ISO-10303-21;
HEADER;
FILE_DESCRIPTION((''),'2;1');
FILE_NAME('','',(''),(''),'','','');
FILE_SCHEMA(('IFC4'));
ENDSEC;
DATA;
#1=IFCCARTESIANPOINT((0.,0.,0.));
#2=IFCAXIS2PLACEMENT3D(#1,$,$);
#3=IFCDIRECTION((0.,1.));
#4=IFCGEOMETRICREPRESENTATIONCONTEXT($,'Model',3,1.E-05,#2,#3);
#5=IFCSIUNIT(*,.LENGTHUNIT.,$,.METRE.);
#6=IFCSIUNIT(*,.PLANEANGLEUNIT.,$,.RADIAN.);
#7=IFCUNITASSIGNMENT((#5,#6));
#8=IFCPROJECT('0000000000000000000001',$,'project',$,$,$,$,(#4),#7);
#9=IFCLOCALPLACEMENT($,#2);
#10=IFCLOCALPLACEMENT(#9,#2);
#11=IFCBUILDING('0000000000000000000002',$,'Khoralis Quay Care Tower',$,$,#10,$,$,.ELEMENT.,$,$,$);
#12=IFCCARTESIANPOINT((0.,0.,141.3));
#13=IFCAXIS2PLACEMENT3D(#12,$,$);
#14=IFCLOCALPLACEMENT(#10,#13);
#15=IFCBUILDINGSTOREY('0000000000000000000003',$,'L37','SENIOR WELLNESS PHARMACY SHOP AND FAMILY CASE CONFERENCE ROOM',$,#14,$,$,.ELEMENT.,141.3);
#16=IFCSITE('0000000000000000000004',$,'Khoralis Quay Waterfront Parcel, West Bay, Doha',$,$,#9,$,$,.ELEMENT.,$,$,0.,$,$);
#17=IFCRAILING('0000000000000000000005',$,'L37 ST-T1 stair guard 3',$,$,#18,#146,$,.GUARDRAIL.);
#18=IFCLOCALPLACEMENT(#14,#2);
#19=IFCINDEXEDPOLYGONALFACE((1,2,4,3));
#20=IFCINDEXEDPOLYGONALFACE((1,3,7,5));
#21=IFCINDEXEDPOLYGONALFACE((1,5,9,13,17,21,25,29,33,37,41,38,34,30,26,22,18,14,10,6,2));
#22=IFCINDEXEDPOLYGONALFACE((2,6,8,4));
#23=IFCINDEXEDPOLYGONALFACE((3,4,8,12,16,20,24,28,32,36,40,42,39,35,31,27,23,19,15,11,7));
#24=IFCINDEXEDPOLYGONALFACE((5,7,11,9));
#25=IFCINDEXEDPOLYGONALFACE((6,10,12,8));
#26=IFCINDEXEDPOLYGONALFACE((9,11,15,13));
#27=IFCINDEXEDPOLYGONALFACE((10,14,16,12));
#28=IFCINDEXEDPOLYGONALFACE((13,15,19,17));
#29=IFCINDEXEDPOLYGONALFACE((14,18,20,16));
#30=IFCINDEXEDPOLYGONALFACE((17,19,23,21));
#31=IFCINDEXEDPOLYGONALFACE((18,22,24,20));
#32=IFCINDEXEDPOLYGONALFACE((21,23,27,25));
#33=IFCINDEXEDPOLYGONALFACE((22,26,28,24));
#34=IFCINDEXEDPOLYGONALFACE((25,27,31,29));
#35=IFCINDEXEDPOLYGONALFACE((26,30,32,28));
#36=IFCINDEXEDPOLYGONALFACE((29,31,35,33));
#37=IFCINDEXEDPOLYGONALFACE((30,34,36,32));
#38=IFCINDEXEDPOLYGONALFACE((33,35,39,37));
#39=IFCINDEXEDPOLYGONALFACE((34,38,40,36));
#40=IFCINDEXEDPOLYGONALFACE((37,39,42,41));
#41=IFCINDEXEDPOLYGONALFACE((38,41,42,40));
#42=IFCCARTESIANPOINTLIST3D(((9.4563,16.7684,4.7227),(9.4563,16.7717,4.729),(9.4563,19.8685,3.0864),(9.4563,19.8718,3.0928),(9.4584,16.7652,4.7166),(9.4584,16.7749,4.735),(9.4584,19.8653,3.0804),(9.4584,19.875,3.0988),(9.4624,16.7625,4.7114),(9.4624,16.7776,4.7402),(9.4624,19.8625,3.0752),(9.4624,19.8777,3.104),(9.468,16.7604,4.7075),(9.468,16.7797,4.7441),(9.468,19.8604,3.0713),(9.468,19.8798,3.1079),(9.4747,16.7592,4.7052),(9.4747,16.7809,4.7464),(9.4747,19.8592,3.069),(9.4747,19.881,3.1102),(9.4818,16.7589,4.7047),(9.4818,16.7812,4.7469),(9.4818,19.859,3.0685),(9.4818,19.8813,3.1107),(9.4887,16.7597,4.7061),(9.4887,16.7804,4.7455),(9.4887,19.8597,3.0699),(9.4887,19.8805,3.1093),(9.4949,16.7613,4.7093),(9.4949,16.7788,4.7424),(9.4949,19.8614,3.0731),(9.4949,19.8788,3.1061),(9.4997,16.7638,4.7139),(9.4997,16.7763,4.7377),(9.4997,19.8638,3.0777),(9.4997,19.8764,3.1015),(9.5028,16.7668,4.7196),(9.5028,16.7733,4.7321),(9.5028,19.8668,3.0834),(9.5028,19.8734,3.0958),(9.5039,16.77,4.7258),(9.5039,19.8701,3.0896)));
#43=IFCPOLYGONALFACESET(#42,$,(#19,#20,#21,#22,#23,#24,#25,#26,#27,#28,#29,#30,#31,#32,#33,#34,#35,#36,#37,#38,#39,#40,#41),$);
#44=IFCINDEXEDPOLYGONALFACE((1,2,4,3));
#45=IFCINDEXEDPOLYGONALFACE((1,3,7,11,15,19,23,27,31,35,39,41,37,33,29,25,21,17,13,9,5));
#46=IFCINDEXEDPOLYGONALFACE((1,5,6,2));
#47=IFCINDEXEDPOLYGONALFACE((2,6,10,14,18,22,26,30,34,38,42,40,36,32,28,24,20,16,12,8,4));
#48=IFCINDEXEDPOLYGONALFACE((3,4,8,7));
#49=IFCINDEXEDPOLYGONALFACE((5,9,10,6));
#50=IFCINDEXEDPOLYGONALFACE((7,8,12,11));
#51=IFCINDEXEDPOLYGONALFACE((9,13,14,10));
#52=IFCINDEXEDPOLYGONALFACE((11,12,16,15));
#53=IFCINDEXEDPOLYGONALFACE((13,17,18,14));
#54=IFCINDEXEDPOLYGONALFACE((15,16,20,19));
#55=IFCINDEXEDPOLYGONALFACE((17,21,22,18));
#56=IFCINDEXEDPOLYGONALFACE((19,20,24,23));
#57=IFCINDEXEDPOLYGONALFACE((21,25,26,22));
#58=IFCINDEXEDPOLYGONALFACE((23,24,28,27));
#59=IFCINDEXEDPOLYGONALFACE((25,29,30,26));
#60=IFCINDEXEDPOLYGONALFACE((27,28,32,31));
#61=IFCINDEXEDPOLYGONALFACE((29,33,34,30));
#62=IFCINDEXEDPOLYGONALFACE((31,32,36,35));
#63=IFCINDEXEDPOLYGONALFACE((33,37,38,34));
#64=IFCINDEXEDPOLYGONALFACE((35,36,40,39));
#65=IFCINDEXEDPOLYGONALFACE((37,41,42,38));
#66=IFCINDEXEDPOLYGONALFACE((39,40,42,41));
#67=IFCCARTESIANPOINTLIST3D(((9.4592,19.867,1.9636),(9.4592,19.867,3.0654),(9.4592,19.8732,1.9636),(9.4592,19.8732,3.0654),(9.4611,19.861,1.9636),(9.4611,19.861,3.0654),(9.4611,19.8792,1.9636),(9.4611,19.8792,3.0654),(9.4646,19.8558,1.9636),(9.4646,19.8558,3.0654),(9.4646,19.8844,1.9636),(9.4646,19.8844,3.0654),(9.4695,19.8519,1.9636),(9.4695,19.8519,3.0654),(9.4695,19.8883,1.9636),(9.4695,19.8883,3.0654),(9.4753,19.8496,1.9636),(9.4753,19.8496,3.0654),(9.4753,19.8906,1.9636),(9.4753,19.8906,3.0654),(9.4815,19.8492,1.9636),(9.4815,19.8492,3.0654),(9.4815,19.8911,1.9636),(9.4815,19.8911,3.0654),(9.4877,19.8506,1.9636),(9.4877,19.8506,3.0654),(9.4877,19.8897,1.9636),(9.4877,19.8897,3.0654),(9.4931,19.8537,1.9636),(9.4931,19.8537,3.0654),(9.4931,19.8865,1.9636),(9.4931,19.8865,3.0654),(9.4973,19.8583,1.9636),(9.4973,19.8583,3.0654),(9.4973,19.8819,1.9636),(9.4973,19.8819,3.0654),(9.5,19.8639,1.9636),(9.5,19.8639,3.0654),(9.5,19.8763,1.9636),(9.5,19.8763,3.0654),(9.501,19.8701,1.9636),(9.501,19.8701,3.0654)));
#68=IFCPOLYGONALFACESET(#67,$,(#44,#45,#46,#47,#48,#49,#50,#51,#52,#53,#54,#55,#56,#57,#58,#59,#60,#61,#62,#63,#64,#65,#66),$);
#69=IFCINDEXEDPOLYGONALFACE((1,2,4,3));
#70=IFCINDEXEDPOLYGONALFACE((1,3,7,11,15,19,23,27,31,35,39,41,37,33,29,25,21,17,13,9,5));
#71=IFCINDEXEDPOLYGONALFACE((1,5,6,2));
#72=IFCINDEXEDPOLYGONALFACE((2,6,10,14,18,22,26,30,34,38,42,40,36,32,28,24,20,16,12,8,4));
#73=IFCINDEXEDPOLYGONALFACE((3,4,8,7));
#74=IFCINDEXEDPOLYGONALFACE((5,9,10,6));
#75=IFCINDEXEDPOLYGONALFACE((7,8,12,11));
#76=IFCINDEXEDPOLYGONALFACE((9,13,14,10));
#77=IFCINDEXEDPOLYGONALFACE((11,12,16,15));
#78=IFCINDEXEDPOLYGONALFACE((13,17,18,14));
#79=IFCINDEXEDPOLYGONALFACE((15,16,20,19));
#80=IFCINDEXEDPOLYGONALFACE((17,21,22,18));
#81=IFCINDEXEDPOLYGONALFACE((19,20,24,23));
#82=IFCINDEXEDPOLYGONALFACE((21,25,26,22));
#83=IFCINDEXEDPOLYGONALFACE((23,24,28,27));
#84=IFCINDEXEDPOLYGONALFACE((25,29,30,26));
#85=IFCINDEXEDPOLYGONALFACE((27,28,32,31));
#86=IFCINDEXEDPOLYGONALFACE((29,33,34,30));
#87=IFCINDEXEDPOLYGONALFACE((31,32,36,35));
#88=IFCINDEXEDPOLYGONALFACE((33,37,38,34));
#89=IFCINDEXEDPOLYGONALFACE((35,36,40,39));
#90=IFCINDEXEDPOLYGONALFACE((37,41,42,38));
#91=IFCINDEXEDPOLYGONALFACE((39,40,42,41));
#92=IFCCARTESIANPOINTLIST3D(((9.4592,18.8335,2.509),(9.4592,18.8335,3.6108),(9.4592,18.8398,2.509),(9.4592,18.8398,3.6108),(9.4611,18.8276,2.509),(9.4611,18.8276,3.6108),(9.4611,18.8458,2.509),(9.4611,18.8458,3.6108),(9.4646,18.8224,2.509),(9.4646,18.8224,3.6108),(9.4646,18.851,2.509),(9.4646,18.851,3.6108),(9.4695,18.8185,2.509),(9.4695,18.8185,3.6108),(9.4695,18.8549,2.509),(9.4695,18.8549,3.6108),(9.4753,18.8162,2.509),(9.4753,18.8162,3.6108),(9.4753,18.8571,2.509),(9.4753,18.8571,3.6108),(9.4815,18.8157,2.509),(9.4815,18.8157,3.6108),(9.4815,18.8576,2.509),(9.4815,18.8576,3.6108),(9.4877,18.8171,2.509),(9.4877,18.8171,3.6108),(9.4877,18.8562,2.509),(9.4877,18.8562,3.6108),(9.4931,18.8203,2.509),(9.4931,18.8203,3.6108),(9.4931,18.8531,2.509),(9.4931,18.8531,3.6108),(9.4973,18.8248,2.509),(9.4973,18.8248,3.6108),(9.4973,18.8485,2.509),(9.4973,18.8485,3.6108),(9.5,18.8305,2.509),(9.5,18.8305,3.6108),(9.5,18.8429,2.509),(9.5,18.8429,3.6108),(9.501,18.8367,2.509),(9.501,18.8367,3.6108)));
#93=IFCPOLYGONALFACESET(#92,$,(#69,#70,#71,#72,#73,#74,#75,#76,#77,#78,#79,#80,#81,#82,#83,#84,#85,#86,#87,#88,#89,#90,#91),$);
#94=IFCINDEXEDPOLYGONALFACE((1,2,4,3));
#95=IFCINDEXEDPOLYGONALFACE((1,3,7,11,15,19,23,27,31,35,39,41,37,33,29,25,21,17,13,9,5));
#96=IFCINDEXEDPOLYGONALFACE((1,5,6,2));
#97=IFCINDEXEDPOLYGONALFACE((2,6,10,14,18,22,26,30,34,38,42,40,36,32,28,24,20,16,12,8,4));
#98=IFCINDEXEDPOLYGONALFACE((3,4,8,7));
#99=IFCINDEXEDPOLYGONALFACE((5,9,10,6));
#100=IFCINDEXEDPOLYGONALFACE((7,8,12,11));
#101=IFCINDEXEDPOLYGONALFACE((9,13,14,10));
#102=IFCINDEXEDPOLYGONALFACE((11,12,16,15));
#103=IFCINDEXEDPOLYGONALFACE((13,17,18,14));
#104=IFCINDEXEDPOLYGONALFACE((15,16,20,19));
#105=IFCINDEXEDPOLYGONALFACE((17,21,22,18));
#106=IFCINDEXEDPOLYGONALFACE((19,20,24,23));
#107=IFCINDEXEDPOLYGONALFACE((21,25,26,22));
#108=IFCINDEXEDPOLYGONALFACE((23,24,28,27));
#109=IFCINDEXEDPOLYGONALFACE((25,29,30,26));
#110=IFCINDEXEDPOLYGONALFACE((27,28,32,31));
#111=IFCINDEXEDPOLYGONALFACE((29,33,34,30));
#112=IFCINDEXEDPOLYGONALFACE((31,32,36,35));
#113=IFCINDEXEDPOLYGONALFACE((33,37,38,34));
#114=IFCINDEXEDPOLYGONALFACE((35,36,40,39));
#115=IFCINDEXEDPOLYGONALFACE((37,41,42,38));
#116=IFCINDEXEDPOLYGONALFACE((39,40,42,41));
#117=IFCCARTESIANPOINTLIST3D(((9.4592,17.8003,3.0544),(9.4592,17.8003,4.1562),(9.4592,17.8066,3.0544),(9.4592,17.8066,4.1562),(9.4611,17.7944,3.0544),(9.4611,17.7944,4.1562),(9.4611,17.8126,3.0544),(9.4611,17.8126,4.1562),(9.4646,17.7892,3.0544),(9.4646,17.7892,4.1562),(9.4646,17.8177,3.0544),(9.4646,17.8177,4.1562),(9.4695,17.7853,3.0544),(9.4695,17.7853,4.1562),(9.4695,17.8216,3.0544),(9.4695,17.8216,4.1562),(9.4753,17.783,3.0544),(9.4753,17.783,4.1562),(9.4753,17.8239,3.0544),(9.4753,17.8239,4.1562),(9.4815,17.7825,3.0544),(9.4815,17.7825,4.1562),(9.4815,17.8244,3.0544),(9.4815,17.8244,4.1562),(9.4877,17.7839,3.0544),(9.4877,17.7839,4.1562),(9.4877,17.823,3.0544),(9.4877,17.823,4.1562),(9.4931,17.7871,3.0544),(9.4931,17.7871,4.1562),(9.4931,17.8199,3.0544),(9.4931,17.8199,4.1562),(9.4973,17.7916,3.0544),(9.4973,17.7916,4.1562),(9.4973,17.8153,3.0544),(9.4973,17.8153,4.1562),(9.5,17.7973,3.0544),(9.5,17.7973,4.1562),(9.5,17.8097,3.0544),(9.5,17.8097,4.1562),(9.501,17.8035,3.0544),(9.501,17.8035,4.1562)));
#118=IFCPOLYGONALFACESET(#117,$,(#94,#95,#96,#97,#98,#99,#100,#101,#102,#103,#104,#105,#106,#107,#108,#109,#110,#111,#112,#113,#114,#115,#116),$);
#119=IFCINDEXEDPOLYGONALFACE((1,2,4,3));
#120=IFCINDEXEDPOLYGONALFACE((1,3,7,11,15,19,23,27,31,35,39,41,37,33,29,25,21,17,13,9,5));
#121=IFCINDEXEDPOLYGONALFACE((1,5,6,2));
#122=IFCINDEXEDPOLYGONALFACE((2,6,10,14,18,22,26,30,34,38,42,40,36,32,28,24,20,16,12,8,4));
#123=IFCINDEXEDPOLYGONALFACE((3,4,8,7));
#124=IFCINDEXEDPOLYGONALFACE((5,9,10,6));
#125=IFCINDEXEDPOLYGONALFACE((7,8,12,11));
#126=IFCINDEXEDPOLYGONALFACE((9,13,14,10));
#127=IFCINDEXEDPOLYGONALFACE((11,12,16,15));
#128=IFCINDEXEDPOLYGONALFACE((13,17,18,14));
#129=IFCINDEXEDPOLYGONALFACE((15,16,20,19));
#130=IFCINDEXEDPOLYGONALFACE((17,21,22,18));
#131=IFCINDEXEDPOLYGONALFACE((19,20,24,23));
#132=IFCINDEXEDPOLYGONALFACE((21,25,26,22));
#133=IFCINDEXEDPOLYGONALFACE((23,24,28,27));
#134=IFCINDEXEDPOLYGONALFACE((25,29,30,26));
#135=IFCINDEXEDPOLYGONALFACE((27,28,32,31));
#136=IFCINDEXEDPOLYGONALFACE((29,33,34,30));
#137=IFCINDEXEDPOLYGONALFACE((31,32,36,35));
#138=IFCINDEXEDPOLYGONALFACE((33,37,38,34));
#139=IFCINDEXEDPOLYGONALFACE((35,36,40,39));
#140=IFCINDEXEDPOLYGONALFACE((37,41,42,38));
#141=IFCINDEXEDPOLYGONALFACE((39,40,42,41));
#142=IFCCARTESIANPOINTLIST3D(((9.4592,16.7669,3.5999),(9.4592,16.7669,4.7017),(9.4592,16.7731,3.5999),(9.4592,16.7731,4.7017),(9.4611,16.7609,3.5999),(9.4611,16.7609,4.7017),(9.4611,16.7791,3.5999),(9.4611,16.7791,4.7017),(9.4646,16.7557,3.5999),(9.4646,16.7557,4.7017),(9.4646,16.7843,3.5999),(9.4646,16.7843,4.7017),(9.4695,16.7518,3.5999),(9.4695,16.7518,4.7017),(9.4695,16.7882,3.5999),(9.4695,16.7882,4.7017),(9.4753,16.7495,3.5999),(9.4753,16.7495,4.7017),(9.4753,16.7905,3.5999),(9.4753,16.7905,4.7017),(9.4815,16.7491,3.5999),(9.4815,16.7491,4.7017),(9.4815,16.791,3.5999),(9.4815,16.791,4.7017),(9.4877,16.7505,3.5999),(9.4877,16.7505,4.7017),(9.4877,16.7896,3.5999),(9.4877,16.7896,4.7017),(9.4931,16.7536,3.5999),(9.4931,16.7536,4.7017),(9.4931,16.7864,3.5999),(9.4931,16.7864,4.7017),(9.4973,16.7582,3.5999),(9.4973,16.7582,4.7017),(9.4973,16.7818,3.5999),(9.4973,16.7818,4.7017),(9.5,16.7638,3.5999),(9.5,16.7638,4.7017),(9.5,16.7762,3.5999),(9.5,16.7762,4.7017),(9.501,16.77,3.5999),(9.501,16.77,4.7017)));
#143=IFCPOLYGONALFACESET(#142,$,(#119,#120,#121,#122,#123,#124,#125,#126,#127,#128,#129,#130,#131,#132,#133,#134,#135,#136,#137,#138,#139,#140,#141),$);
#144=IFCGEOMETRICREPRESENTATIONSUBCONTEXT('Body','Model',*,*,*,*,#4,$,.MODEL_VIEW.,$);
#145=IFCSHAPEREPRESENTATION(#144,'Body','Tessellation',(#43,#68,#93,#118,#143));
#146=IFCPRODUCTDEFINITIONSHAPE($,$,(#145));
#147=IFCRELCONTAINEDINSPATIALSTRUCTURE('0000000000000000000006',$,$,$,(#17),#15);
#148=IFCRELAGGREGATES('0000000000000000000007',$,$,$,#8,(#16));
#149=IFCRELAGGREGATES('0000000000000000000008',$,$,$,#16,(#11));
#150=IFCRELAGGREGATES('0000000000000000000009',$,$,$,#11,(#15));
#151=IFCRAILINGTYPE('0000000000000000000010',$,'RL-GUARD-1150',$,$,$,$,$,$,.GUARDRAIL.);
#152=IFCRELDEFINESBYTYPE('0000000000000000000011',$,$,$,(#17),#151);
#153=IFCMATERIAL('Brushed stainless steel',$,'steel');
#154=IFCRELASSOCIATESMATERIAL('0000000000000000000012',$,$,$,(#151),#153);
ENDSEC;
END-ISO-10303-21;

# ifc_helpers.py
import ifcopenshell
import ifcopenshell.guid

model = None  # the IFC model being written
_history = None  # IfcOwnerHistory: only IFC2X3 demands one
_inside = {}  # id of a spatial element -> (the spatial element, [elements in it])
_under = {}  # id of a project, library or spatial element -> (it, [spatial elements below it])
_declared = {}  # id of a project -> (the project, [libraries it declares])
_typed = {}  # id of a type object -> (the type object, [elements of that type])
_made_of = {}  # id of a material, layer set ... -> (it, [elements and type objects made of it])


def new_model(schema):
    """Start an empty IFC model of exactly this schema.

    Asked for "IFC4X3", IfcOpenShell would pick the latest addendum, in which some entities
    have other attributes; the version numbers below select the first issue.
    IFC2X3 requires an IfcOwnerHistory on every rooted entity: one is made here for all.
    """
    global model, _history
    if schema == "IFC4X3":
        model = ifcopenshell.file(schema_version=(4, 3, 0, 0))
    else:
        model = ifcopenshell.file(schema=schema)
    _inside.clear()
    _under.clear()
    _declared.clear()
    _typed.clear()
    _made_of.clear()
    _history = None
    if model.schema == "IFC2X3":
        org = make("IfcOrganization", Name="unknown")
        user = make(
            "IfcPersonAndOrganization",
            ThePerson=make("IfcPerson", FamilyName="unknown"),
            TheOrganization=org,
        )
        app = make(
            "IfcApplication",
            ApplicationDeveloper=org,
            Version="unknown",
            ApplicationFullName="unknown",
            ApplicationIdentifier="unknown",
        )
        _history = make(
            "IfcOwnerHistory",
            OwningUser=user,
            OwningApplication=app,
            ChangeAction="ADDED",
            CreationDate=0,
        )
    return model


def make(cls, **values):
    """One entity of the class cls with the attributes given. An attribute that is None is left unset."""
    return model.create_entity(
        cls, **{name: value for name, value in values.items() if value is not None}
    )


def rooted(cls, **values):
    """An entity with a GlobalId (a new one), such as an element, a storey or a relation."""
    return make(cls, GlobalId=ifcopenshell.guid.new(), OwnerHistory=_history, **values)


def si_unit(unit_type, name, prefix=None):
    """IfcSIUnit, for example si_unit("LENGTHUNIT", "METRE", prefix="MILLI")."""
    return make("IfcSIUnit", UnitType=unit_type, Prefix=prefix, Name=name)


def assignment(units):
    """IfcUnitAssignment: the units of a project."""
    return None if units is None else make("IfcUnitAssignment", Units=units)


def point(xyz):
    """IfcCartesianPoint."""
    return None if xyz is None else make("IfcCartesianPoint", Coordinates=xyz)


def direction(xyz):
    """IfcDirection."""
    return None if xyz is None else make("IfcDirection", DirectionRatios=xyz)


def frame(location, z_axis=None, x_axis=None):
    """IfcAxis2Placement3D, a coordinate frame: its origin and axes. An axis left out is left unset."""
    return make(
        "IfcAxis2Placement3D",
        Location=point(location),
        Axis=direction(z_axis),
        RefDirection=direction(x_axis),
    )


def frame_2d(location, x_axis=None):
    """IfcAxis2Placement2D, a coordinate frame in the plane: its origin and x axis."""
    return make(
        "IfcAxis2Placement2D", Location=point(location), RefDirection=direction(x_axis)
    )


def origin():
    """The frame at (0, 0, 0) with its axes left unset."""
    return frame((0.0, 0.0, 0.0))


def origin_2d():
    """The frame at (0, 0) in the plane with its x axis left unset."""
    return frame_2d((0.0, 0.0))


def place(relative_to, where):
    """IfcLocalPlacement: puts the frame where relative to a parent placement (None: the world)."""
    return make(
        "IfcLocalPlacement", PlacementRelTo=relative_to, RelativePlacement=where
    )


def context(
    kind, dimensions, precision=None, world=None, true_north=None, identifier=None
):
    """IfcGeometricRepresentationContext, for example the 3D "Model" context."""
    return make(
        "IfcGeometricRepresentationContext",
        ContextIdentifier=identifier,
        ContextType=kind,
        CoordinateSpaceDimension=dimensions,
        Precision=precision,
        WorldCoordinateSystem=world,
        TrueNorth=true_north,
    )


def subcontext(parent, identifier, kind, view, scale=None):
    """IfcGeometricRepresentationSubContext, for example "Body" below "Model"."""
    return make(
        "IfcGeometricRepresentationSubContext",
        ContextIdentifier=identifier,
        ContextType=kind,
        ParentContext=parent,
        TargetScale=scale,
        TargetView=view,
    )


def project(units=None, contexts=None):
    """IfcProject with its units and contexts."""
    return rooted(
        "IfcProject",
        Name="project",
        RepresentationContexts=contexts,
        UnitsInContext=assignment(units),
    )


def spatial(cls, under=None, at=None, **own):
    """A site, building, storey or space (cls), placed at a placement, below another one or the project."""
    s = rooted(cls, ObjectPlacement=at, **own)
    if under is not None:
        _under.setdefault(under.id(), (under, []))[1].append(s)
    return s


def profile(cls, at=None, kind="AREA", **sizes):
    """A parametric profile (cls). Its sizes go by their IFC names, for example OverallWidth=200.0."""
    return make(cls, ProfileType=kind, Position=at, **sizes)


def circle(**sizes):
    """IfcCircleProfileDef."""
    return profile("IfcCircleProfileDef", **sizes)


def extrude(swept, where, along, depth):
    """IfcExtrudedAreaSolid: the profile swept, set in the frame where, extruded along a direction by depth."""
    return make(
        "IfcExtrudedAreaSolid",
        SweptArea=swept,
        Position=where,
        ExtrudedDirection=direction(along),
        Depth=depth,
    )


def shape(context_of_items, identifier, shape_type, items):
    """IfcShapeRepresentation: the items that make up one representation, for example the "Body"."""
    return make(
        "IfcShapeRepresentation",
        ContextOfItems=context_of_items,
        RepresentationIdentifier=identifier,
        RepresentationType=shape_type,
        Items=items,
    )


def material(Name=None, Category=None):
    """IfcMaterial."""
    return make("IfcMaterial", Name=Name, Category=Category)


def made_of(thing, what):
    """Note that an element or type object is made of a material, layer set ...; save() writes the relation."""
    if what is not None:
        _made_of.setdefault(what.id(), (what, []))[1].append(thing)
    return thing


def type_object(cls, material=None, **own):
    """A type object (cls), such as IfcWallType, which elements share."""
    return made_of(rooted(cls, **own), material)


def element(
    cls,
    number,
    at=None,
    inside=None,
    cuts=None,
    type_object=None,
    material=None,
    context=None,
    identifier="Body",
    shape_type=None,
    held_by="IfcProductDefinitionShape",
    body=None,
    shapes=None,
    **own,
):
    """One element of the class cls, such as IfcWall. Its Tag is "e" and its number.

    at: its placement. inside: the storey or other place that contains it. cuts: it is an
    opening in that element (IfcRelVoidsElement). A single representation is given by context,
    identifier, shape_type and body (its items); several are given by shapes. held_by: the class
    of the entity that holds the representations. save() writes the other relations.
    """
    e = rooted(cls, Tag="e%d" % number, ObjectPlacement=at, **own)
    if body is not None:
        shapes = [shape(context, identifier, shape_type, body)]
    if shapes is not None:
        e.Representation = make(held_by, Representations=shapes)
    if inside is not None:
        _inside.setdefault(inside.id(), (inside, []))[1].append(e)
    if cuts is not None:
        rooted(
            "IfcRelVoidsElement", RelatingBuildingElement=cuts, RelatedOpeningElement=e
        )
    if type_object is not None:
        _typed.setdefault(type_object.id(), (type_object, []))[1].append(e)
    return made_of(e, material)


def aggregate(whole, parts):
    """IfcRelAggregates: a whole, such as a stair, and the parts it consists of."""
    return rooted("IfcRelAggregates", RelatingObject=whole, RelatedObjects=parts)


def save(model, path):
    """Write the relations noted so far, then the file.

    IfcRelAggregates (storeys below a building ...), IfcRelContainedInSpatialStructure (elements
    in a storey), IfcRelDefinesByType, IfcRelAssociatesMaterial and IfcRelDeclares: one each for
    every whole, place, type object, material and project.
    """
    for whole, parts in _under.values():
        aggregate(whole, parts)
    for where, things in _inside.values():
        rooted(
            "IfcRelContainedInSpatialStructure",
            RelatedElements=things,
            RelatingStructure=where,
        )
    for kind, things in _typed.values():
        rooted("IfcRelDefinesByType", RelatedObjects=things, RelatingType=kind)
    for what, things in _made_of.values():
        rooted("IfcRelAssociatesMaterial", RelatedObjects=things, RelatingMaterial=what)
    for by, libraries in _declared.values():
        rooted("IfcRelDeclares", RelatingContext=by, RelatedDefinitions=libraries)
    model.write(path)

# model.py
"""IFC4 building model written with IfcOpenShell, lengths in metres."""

from ifc_helpers import new_model, si_unit, direction, frame, origin, origin_2d, place, context, subcontext, project, spatial, circle, extrude, material, type_object, element, save


model = new_model("IFC4")

# Units and contexts
model_context = context("Model", 3, precision=1e-05, world=origin(), true_north=direction((0.0, 1.0)))
body_context = subcontext(model_context, "Body", "Model", "MODEL_VIEW")
ifc_project = project(units=[si_unit("LENGTHUNIT", "METRE"), si_unit("PLANEANGLEUNIT", "RADIAN")], contexts=[model_context])

# Site, building, storey
site_placement = place(None, origin())
site = spatial("IfcSite", under=ifc_project, at=site_placement, Name="Khoralis Quay Waterfront Parcel, West Bay, Doha", CompositionType="ELEMENT", RefElevation=0.0)
building_placement = place(site_placement, origin())
building = spatial("IfcBuilding", under=site, at=building_placement, Name="Khoralis Quay Care Tower", CompositionType="ELEMENT")
storey_placement = place(building_placement, frame((0.0, 0.0, 141.3)))
storey = spatial("IfcBuildingStorey", under=building, at=storey_placement, Name="L37", Description="SENIOR WELLNESS PHARMACY SHOP AND FAMILY CASE CONFERENCE ROOM", CompositionType="ELEMENT", Elevation=141.3)

# Shared definitions
ifc_material_1 = material(Name="Brushed stainless steel", Category="steel")

# Railing
railing_type_1 = type_object("IfcRailingType", Name="RL-GUARD-1150", PredefinedType="GUARDRAIL", material=ifc_material_1)
railing_1_placement = place(storey_placement, frame((9.48, 19.8701, 1.9636)))
element("IfcRailing", 1, at=railing_1_placement, inside=storey, type_object=railing_type_1, Name="L37 ST-T1 stair guard 3", PredefinedType="GUARDRAIL", context=body_context, shape_type="SweptSolid", body=[
    extrude(circle(Radius=0.0239, at=origin_2d()), frame((0.0, 0.0, 1.126), z_axis=(0.0, -0.884377, 0.466774), x_axis=(1.0, 0.0, 0.0)), (0.0, 0.0, 1.0), 3.5054),
    extrude(circle(Radius=0.021, at=origin_2d()), origin(), (0.0, 0.0, 1.0), 1.1018),
    extrude(circle(Radius=0.021, at=origin_2d()), frame((0.0, -1.0334, 0.5454)), (0.0, 0.0, 1.0), 1.1018),
    extrude(circle(Radius=0.021, at=origin_2d()), frame((0.0, -2.0667, 1.0908)), (0.0, 0.0, 1.0), 1.1018),
    extrude(circle(Radius=0.021, at=origin_2d()), frame((0.0, -3.1001, 1.6362)), (0.0, 0.0, 1.0), 1.1018),
])

save(model, "model.ifc")
